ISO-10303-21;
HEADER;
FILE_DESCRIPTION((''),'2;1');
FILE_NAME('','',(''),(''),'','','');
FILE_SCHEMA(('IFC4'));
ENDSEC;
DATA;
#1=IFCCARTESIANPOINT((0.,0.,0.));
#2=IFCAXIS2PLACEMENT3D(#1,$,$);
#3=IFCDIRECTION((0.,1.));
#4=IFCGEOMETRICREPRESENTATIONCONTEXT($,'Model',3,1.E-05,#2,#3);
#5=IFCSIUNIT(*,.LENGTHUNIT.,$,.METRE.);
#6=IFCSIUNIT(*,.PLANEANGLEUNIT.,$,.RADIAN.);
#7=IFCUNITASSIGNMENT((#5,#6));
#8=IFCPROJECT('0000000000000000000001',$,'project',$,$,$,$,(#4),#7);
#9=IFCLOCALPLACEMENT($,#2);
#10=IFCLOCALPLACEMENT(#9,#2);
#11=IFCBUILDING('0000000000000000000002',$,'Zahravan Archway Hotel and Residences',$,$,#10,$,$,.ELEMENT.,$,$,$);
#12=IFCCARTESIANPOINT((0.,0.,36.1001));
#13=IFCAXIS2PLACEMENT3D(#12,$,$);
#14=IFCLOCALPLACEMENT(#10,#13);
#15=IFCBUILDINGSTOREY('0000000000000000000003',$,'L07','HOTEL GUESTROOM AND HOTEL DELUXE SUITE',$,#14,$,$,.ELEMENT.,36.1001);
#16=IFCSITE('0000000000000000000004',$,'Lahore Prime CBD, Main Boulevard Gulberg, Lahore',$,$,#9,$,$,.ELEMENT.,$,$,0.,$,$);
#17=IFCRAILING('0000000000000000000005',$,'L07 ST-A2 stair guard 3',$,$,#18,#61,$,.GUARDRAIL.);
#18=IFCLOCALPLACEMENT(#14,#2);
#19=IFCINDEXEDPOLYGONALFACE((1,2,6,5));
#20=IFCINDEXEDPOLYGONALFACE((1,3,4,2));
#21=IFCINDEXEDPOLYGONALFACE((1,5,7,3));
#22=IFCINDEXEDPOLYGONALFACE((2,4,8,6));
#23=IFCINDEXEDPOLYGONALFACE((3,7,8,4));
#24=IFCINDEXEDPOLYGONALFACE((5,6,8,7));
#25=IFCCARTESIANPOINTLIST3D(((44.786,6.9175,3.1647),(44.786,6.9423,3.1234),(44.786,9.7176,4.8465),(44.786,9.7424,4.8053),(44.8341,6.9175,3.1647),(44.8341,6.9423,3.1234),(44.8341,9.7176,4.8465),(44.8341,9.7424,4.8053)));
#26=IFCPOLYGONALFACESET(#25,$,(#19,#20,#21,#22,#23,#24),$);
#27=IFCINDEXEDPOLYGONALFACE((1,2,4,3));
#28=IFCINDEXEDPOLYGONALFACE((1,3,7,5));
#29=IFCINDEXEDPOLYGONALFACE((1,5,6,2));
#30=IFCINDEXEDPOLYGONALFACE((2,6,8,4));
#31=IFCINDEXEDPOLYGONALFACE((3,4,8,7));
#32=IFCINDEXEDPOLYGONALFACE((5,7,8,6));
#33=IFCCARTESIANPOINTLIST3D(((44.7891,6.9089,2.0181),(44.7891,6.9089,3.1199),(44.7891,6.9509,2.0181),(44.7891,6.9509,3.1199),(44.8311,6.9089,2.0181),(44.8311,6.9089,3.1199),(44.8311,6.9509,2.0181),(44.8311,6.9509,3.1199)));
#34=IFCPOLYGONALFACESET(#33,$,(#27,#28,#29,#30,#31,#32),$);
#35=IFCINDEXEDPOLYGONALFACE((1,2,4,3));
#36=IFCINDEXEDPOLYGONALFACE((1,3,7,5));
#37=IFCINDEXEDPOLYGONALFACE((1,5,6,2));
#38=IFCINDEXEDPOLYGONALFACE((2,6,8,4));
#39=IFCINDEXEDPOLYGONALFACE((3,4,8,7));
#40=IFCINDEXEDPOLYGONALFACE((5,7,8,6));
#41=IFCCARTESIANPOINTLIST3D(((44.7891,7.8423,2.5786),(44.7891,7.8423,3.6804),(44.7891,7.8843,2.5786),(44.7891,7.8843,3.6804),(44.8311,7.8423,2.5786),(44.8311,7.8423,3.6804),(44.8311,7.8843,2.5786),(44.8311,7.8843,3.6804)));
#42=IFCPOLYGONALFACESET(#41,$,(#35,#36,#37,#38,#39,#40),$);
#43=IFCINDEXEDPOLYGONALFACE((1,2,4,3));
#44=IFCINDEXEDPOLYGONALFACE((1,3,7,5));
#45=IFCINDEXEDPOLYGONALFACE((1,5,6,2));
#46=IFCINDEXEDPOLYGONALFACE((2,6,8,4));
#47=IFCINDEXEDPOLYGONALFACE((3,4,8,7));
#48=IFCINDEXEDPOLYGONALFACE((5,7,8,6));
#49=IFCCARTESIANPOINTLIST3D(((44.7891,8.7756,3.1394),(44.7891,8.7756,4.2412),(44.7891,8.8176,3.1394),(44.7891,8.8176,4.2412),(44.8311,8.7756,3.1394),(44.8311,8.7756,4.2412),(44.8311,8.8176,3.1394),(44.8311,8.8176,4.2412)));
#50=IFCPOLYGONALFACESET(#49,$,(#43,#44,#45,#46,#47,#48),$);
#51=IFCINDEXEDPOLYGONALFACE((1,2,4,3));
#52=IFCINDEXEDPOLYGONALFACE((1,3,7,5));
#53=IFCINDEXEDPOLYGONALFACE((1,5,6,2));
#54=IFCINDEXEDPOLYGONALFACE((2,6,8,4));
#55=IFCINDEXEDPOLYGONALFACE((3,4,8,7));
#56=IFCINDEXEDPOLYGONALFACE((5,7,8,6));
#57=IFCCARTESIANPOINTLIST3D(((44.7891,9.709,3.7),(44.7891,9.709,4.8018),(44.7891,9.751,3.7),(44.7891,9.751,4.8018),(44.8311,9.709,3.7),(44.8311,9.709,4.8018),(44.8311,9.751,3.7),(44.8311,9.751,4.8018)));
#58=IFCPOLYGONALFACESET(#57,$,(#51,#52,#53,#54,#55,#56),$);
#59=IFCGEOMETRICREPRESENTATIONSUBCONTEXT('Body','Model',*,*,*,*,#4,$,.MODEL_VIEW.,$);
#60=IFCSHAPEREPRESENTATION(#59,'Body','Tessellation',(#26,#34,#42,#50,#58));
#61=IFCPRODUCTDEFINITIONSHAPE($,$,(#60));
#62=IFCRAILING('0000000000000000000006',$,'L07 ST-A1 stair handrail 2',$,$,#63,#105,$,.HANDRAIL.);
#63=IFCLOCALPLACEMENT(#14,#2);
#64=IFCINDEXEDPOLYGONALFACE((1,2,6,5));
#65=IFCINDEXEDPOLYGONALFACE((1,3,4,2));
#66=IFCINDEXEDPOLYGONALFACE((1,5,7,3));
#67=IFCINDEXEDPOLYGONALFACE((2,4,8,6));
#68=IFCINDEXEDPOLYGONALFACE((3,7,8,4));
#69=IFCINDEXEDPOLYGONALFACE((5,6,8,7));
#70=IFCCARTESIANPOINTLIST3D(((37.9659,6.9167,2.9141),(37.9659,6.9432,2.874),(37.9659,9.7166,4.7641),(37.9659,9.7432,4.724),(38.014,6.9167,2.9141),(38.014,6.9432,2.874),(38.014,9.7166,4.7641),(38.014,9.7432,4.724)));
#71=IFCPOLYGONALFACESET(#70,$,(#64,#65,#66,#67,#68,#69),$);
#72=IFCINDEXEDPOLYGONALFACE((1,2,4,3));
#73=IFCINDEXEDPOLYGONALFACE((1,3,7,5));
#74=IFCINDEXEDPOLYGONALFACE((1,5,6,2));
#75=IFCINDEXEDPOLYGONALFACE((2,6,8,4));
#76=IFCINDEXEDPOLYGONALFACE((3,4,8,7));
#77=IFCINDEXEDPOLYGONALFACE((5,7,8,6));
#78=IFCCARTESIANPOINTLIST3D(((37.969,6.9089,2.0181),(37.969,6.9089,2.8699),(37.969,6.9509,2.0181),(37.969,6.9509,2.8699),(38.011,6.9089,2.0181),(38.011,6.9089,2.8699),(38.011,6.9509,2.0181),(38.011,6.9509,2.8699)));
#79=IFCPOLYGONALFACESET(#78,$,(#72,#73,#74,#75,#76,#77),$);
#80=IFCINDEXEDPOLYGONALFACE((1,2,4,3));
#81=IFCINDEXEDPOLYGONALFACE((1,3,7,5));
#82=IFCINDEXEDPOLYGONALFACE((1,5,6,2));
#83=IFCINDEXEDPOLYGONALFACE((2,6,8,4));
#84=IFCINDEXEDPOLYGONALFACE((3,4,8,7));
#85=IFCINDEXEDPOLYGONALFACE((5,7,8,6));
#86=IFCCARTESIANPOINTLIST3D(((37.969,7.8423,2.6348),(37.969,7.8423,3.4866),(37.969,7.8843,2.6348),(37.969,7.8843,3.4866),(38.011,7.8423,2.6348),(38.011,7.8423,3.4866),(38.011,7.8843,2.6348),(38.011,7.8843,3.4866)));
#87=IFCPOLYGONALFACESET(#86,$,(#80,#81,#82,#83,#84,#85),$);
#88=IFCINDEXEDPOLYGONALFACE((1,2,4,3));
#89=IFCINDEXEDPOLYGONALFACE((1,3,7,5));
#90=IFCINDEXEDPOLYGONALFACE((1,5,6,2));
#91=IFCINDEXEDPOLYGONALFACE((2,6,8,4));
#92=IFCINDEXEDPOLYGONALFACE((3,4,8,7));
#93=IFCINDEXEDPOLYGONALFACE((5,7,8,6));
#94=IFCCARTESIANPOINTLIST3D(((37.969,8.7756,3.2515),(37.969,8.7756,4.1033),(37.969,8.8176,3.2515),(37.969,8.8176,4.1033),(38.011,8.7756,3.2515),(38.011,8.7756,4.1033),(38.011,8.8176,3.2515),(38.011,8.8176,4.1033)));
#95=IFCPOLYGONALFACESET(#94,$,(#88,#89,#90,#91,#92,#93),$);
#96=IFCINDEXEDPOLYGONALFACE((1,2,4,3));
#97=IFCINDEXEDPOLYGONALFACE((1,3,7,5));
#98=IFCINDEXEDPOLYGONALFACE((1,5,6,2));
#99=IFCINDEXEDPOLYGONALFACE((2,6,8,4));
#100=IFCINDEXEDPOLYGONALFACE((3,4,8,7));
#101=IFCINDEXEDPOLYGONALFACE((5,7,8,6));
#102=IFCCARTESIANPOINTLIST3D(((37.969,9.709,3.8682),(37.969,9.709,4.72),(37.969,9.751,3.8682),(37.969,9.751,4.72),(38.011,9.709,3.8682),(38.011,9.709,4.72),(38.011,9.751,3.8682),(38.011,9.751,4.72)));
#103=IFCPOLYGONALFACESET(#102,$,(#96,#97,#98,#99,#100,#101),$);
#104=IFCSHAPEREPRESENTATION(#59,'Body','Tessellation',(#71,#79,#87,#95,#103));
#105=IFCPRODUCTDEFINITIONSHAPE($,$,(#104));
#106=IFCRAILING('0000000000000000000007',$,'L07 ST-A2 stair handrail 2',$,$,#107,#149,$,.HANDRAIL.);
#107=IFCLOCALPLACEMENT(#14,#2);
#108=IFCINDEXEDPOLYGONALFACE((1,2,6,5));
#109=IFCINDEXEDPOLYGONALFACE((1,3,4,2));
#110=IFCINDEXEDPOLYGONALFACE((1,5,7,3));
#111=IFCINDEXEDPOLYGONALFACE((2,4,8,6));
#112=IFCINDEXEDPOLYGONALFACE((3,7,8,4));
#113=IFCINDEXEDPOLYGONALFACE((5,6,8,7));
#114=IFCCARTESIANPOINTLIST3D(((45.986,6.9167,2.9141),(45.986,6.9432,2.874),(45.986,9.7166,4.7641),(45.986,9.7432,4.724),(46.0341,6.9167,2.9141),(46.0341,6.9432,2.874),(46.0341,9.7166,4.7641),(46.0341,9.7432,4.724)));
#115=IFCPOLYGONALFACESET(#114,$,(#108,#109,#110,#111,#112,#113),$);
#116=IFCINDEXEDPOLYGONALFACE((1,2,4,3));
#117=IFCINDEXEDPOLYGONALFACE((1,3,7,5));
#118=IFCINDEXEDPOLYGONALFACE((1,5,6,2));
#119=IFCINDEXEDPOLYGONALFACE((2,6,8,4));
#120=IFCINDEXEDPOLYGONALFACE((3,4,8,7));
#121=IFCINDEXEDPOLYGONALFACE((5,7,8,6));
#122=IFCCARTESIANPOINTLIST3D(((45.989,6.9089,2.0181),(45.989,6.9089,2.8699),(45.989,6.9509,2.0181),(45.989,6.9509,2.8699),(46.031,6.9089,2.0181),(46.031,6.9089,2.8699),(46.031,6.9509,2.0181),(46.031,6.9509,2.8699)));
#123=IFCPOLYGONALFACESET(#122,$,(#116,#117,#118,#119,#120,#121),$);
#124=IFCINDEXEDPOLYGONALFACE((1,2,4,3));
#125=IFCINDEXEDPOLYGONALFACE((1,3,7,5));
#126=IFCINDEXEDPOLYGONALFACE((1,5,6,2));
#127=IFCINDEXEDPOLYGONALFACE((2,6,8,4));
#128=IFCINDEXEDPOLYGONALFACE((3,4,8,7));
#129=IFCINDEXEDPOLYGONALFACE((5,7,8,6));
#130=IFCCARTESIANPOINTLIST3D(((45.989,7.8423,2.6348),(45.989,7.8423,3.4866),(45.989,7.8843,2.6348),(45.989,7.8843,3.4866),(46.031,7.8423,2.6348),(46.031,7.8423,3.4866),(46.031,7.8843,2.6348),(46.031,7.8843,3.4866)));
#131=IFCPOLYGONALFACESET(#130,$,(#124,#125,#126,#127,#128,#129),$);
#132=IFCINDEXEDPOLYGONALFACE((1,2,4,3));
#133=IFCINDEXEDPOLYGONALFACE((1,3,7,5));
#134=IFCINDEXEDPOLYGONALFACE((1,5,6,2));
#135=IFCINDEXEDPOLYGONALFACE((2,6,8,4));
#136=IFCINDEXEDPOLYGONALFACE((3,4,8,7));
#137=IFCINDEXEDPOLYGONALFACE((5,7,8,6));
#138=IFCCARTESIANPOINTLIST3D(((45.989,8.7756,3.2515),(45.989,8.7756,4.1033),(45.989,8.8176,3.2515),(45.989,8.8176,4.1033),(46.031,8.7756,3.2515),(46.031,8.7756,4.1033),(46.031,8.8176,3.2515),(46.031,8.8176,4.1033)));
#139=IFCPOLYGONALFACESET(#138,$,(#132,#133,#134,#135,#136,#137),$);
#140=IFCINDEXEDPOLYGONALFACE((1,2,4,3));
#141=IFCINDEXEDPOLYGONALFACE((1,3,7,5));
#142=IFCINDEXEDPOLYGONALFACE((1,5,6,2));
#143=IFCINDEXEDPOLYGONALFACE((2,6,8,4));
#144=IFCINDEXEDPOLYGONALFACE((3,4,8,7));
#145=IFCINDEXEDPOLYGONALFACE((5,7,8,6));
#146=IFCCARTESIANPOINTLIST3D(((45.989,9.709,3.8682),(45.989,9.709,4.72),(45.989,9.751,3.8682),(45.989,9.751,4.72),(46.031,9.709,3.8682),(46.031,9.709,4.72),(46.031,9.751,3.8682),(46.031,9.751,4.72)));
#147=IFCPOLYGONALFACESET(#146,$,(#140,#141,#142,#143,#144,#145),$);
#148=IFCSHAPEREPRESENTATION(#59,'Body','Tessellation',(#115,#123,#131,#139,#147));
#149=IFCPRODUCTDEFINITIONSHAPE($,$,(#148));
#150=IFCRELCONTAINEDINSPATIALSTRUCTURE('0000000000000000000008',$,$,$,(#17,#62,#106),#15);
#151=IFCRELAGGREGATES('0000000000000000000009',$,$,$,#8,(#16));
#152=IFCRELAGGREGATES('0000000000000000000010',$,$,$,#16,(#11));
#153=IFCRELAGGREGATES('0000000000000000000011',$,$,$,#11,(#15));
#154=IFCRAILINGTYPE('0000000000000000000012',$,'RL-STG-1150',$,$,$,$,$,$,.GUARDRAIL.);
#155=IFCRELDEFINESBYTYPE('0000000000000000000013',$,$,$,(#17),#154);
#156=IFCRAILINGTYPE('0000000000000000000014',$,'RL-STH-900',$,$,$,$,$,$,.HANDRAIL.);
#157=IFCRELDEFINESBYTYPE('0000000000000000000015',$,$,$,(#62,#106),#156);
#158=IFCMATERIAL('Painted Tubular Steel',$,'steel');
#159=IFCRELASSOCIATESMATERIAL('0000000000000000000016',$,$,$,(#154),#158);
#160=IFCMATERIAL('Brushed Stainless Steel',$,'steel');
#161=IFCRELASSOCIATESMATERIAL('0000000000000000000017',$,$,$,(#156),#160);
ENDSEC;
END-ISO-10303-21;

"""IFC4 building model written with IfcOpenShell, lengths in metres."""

from ifc_helpers import new_model, si_unit, direction, frame, origin, origin_2d, place, context, subcontext, project, spatial, rectangle, extrude, material, type_object, element, save


model = new_model("IFC4")

# Units and contexts
model_context = context("Model", 3, precision=1e-05, world=origin(), true_north=direction((0.0, 1.0)))
body_context = subcontext(model_context, "Body", "Model", "MODEL_VIEW")
ifc_project = project(units=[si_unit("LENGTHUNIT", "METRE"), si_unit("PLANEANGLEUNIT", "RADIAN")], contexts=[model_context])

# Site, building, storey
site_placement = place(None, origin())
site = spatial("IfcSite", under=ifc_project, at=site_placement, Name="Lahore Prime CBD, Main Boulevard Gulberg, Lahore", CompositionType="ELEMENT", RefElevation=0.0)
building_placement = place(site_placement, origin())
building = spatial("IfcBuilding", under=site, at=building_placement, Name="Zahravan Archway Hotel and Residences", CompositionType="ELEMENT")
storey_placement = place(building_placement, frame((0.0, 0.0, 36.1001)))
storey = spatial("IfcBuildingStorey", under=building, at=storey_placement, Name="L07", Description="HOTEL GUESTROOM AND HOTEL DELUXE SUITE", CompositionType="ELEMENT", Elevation=36.1001)

# Railings
ifc_material_1 = material(Name="Painted Tubular Steel", Category="steel")
railing_type_1 = type_object("IfcRailingType", Name="RL-STG-1150", PredefinedType="GUARDRAIL", material=ifc_material_1)
railing_1_placement = place(storey_placement, frame((44.8101, 6.9299, 2.0181)))
element("IfcRailing", 1, at=railing_1_placement, inside=storey, type_object=railing_type_1, Name="L07 ST-A2 stair guard 3", PredefinedType="GUARDRAIL", context=body_context, shape_type="SweptSolid", body=[
    extrude(rectangle(XDim=0.0481, YDim=0.0481, at=origin_2d()), frame((0.0, 0.0, 1.126), z_axis=(0.0, 0.857242, 0.514913), x_axis=(-1.0, 0.0, 0.0)), (0.0, 0.0, 1.0), 3.2664),
    extrude(rectangle(XDim=0.042, YDim=0.042, at=origin_2d()), origin(), (0.0, 0.0, 1.0), 1.1018),
    extrude(rectangle(XDim=0.042, YDim=0.042, at=origin_2d()), frame((0.0, 0.9333, 0.5605)), (0.0, 0.0, 1.0), 1.1018),
    extrude(rectangle(XDim=0.042, YDim=0.042, at=origin_2d()), frame((0.0, 1.8667, 1.1213)), (0.0, 0.0, 1.0), 1.1018),
    extrude(rectangle(XDim=0.042, YDim=0.042, at=origin_2d()), frame((0.0, 2.8, 1.6819)), (0.0, 0.0, 1.0), 1.1018),
])
ifc_material_2 = material(Name="Brushed Stainless Steel", Category="steel")
railing_type_2 = type_object("IfcRailingType", Name="RL-STH-900", PredefinedType="HANDRAIL", material=ifc_material_2)
for number, where, name in (
    (2, (37.99, 6.9299, 2.0181), "L07 ST-A1 stair handrail 2"),
    (3, (46.01, 6.9299, 2.0181), "L07 ST-A2 stair handrail 2"),
):
    element("IfcRailing", number, at=place(storey_placement, frame(where)), inside=storey, type_object=railing_type_2, Name=name, PredefinedType="HANDRAIL", context=body_context, shape_type="SweptSolid", body=[
        extrude(rectangle(XDim=0.0481, YDim=0.0481, at=origin_2d()), frame((0.0, 0.0, 0.876), z_axis=(0.0, 0.834326, 0.551271), x_axis=(-1.0, 0.0, 0.0)), (0.0, 0.0, 1.0), 3.356),
        extrude(rectangle(XDim=0.042, YDim=0.042, at=origin_2d()), origin(), (0.0, 0.0, 1.0), 0.8518),
        extrude(rectangle(XDim=0.042, YDim=0.042, at=origin_2d()), frame((0.0, 0.9333, 0.6167)), (0.0, 0.0, 1.0), 0.8518),
        extrude(rectangle(XDim=0.042, YDim=0.042, at=origin_2d()), frame((0.0, 1.8667, 1.2334)), (0.0, 0.0, 1.0), 0.8518),
        extrude(rectangle(XDim=0.042, YDim=0.042, at=origin_2d()), frame((0.0, 2.8, 1.8501)), (0.0, 0.0, 1.0), 0.8518),
    ])

save(model, "model.ifc")
